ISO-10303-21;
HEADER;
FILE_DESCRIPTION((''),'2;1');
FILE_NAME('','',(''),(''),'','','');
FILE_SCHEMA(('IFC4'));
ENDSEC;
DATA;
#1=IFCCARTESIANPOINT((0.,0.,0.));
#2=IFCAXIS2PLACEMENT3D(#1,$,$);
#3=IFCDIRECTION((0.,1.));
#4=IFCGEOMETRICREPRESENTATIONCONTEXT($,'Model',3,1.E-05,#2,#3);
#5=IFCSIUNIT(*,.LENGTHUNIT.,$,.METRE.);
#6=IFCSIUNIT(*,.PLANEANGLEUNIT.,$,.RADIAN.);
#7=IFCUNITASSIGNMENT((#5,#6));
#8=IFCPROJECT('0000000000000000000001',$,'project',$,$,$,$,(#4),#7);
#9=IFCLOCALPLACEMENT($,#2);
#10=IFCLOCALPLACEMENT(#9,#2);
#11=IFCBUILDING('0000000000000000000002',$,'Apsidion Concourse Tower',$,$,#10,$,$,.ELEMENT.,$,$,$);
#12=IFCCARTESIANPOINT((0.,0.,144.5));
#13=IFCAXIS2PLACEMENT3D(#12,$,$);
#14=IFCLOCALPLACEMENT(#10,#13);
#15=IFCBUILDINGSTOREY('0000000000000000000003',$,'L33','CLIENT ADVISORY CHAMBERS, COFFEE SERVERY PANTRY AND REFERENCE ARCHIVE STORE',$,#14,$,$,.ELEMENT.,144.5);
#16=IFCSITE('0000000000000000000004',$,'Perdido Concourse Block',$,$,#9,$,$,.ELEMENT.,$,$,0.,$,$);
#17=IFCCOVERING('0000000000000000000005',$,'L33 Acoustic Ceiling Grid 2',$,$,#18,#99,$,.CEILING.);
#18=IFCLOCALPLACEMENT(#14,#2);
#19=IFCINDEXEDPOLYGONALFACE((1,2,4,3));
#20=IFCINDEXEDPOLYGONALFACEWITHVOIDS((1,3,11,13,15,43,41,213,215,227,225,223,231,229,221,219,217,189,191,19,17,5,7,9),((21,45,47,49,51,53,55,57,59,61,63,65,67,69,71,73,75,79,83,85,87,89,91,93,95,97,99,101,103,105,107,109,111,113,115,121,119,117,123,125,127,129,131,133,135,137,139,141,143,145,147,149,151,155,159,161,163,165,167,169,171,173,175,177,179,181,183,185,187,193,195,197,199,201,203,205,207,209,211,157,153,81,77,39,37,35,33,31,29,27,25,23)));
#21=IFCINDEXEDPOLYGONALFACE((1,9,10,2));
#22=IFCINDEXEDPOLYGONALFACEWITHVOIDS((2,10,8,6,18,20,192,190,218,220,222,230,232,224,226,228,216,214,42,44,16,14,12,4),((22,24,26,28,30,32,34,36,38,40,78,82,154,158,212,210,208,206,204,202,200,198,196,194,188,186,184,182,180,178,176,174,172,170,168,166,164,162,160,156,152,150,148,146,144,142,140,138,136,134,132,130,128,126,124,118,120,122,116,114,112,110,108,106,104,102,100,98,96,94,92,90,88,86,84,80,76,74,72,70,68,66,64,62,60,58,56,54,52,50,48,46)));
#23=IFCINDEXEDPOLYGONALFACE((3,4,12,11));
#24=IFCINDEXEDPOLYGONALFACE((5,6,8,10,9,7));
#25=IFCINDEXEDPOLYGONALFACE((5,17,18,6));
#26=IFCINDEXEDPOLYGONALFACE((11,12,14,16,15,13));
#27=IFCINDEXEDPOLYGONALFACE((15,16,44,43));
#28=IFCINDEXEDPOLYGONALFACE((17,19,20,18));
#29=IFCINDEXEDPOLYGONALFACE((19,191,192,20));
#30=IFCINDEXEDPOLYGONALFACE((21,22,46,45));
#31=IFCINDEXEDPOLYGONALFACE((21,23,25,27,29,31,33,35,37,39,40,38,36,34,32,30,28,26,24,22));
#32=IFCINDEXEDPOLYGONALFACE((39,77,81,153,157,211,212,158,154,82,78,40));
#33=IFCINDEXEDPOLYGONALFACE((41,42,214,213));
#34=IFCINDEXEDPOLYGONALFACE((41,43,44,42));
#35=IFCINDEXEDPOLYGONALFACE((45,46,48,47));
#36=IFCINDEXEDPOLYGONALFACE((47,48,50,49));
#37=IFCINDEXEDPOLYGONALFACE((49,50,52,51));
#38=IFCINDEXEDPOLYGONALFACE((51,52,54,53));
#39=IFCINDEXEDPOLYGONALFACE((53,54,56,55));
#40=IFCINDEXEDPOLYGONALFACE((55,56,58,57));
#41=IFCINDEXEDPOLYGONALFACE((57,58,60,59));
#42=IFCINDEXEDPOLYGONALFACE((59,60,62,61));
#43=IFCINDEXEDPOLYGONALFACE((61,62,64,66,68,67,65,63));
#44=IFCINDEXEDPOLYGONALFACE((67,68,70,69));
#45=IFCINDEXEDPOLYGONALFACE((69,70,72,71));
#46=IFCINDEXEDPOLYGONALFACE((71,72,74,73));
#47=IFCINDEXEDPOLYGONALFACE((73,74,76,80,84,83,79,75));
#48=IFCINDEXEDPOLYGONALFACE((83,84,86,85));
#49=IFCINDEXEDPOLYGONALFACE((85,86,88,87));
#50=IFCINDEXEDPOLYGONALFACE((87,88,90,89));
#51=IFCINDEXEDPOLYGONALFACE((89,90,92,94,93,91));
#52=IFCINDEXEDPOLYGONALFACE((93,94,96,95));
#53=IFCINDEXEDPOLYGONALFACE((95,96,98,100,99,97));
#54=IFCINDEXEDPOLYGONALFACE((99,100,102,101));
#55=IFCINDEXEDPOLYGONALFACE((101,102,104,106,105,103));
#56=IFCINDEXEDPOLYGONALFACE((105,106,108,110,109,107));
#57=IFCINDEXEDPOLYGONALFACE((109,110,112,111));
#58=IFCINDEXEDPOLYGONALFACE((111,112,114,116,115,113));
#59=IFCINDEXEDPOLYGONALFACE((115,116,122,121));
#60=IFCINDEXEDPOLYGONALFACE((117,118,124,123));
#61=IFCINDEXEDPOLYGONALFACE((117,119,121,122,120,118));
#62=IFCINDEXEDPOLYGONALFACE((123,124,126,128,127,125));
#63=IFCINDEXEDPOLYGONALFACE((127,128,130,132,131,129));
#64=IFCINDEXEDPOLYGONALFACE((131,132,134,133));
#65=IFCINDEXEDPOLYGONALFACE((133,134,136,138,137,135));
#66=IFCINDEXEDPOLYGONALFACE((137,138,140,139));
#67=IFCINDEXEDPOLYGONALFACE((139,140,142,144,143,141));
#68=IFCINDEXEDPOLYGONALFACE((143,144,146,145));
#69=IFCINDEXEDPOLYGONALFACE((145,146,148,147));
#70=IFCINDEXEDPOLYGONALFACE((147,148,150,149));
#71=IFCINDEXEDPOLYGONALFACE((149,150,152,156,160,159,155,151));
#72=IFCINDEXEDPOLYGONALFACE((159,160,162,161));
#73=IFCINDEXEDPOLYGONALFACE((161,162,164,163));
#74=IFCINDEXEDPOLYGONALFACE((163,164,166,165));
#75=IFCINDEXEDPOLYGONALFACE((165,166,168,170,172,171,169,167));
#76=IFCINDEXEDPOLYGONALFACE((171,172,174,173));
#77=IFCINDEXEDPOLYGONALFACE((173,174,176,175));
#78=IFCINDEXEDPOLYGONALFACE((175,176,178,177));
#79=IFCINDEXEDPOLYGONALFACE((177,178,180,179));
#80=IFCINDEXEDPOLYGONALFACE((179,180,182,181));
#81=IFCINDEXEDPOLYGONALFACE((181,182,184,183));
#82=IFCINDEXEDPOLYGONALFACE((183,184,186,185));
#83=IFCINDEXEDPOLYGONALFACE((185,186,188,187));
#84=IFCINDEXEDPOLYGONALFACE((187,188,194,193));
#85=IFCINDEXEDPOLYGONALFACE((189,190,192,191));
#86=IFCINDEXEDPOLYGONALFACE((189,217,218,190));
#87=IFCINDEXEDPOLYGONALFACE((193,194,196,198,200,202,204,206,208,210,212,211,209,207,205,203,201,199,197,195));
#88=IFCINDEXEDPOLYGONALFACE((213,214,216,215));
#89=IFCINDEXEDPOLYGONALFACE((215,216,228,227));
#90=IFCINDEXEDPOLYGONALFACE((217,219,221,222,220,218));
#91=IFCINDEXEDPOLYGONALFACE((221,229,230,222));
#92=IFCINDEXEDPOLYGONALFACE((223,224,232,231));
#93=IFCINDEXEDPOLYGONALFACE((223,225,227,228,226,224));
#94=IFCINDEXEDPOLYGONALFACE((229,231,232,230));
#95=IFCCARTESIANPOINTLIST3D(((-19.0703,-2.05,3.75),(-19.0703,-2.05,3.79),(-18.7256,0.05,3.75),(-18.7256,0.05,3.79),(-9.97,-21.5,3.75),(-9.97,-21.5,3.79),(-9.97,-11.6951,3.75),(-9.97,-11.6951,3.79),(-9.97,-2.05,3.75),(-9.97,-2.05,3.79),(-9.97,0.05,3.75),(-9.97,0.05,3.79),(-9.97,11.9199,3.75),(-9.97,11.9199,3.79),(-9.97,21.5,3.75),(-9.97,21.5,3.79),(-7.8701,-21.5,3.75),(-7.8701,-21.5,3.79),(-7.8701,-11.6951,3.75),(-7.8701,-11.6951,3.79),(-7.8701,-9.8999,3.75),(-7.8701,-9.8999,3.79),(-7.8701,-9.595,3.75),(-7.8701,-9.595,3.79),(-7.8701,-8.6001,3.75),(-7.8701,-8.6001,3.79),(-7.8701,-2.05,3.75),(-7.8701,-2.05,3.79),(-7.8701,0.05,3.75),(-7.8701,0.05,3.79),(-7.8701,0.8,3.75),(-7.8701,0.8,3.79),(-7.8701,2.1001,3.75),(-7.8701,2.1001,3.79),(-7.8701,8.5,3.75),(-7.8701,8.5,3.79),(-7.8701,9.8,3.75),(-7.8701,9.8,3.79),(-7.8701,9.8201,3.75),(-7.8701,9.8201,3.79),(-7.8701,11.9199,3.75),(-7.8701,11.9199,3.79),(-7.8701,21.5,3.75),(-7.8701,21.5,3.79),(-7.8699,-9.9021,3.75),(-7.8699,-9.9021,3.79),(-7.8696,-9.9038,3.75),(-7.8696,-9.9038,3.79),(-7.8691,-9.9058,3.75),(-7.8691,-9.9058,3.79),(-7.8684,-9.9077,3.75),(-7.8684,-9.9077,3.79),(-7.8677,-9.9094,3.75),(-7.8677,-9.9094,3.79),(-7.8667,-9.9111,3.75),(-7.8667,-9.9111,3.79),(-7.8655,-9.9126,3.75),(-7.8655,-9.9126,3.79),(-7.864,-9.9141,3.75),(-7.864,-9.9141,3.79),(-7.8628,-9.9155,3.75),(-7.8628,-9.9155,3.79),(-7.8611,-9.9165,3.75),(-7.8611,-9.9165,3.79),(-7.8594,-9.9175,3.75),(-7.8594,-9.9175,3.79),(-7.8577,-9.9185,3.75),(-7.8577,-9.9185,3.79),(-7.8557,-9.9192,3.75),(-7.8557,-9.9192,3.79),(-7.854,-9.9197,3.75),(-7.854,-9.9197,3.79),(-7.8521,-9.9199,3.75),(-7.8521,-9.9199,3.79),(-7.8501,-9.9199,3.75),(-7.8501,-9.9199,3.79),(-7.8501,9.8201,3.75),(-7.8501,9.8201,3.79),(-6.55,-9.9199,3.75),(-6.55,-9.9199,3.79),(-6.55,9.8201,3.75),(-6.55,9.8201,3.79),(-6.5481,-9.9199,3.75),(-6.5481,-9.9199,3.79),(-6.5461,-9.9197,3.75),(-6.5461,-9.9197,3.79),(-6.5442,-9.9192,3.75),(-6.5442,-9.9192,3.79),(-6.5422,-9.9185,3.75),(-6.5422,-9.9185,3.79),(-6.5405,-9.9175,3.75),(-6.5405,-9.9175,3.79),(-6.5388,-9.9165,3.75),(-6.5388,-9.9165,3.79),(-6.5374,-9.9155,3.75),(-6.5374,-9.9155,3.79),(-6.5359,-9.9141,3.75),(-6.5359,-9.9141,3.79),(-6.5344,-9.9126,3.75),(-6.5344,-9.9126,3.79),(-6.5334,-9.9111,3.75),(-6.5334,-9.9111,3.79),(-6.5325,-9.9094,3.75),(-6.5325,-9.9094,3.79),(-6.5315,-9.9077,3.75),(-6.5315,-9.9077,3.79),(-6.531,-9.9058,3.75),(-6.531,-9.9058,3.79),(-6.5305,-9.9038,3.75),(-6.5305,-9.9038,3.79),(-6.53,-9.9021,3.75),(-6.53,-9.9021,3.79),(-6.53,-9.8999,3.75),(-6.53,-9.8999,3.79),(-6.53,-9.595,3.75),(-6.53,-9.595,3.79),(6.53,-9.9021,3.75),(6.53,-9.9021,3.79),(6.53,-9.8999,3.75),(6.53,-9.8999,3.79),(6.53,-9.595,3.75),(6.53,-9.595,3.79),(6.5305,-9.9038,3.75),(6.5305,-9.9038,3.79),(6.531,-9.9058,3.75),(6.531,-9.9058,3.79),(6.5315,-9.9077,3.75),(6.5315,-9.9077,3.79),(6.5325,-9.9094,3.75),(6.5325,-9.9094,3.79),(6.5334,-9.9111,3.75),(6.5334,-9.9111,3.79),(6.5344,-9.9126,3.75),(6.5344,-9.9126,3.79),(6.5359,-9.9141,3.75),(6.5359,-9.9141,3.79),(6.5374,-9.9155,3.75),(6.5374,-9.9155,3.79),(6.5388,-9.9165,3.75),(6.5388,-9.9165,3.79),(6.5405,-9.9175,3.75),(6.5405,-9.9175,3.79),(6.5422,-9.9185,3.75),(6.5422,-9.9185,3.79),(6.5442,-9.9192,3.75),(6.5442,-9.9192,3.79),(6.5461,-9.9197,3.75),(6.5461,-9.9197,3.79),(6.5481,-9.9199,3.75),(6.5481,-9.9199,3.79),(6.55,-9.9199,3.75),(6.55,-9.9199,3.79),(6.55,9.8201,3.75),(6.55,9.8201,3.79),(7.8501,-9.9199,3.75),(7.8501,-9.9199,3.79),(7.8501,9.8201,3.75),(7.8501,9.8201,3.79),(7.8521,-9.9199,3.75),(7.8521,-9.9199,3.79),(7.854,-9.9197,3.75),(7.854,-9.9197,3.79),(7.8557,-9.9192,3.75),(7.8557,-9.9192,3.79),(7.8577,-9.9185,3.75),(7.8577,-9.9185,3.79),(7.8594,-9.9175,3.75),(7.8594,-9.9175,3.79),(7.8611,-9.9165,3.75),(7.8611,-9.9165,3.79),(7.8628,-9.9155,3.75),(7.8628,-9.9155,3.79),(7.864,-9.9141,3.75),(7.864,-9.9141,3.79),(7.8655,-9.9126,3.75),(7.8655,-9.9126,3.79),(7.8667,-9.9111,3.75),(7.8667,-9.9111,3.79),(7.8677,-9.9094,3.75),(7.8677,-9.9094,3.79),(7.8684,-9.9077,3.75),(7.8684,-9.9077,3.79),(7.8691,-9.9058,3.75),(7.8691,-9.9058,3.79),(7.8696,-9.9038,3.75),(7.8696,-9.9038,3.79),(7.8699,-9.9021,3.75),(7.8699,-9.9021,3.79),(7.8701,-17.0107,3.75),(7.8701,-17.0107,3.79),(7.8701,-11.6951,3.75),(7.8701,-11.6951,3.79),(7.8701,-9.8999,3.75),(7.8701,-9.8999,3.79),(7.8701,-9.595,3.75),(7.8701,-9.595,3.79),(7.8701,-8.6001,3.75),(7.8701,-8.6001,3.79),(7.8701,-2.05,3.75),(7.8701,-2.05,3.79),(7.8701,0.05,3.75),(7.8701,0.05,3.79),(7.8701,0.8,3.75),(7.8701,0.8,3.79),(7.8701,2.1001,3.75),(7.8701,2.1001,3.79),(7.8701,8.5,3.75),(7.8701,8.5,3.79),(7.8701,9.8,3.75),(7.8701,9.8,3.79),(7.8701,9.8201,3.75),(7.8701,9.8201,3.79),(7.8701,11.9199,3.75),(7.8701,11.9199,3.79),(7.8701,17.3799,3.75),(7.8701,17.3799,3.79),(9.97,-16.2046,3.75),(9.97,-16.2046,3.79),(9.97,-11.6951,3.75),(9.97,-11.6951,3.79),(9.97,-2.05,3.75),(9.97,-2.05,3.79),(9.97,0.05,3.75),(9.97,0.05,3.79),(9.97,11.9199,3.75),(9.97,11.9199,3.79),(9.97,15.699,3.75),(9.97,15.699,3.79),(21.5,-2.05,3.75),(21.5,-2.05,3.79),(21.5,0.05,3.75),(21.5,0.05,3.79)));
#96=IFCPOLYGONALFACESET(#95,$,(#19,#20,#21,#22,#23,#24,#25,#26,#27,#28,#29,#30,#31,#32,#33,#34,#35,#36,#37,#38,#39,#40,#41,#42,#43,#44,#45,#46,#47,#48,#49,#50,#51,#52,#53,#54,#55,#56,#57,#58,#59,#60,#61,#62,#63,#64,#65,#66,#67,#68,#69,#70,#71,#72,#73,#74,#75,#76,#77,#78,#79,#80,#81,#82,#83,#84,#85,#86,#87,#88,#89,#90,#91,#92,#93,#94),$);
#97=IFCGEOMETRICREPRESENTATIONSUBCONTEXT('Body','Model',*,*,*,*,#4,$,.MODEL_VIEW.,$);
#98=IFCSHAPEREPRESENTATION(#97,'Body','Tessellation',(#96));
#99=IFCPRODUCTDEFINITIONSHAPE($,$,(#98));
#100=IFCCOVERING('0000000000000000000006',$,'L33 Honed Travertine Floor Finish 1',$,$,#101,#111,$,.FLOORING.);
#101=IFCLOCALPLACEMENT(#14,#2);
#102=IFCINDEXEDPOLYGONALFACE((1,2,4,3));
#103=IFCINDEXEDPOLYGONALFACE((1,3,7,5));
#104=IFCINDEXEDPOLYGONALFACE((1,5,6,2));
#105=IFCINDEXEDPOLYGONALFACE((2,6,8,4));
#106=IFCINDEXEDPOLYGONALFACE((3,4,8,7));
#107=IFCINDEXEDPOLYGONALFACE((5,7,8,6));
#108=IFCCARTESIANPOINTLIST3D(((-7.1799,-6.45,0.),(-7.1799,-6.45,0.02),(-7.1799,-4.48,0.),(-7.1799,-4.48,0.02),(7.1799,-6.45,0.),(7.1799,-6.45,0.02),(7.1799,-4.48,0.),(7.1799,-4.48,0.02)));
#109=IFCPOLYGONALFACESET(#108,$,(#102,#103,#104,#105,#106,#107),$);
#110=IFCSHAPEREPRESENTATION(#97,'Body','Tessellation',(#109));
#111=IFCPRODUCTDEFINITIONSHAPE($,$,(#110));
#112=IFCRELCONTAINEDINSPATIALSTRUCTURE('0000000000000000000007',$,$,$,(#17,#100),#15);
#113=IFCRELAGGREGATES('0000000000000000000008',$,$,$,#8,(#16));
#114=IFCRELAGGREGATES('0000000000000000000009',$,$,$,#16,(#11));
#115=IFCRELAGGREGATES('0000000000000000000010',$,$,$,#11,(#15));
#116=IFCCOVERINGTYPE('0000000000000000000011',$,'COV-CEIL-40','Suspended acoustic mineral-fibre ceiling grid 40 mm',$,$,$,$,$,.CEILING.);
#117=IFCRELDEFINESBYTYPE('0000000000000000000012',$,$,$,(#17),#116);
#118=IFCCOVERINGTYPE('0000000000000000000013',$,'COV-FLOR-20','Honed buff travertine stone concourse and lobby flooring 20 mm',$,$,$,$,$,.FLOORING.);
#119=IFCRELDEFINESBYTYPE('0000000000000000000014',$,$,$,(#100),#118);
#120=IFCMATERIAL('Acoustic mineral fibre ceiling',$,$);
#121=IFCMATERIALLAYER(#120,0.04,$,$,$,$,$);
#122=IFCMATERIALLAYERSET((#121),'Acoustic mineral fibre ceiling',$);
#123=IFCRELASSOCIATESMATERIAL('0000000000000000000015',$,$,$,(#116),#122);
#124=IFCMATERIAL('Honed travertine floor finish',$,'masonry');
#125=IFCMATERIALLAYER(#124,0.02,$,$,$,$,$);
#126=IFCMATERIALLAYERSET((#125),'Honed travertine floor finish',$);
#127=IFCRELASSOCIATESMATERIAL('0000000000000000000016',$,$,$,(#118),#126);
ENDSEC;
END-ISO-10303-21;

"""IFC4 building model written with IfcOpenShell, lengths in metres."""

from ifc_helpers import new_model, si_unit, direction, frame, origin, place, context, subcontext, project, spatial, polyline, outline, extrude, material, layer, layer_set, type_object, element, save


model = new_model("IFC4")

# Units and contexts
model_context = context("Model", 3, precision=1e-05, world=origin(), true_north=direction((0.0, 1.0)))
body_context = subcontext(model_context, "Body", "Model", "MODEL_VIEW")
ifc_project = project(units=[si_unit("LENGTHUNIT", "METRE"), si_unit("PLANEANGLEUNIT", "RADIAN")], contexts=[model_context])

# Site, building, storey
site_placement = place(None, origin())
site = spatial("IfcSite", under=ifc_project, at=site_placement, Name="Perdido Concourse Block", CompositionType="ELEMENT", RefElevation=0.0)
building_placement = place(site_placement, origin())
building = spatial("IfcBuilding", under=site, at=building_placement, Name="Apsidion Concourse Tower", CompositionType="ELEMENT")
storey_placement = place(building_placement, frame((0.0, 0.0, 144.5)))
storey = spatial("IfcBuildingStorey", under=building, at=storey_placement, Name="L33", Description="CLIENT ADVISORY CHAMBERS, COFFEE SERVERY PANTRY AND REFERENCE ARCHIVE STORE", CompositionType="ELEMENT", Elevation=144.5)

# Coverings
ifc_material_1 = material(Name="Acoustic mineral fibre ceiling")
ifc_layer_1 = layer(ifc_material_1, 0.04)
ifc_layer_set_1 = layer_set([ifc_layer_1], Name="Acoustic mineral fibre ceiling")
covering_type_1 = type_object("IfcCoveringType", Name="COV-CEIL-40", Description="Suspended acoustic mineral-fibre ceiling grid 40 mm", PredefinedType="CEILING", material=ifc_layer_set_1)
covering_1_placement = place(storey_placement, frame((0.0, 0.0, 3.75)))
element("IfcCovering", 1, at=covering_1_placement, inside=storey, type_object=covering_type_1, Name="L33 Acoustic Ceiling Grid 2", PredefinedType="CEILING", context=body_context, shape_type="SweptSolid", body=[
    extrude(outline(polyline([(9.97, -16.2046), (7.8701, -17.0107), (7.8701, -11.6951), (-7.8701, -11.6951), (-7.8701, -21.5), (-9.97, -21.5), (-9.97, -11.6951), (-9.97, -2.05), (-19.0703, -2.05), (-18.7256, 0.05), (-9.97, 0.05), (-9.97, 11.9199), (-9.97, 21.5), (-7.8701, 21.5), (-7.8701, 11.9199), (7.8701, 11.9199), (7.8701, 17.3799), (9.97, 15.699), (9.97, 11.9199), (9.97, 0.05), (21.5, 0.05), (21.5, -2.05), (9.97, -2.05), (9.97, -11.6951), (9.97, -16.2046)]), holes=[polyline([(7.8701, -8.6001), (7.8701, -2.05), (7.8701, 0.05), (7.8701, 0.8), (7.8701, 2.1001), (7.8701, 8.5), (7.8701, 9.8), (7.8701, 9.8201), (7.8501, 9.8201), (6.55, 9.8201), (-6.55, 9.8201), (-7.8501, 9.8201), (-7.8701, 9.8201), (-7.8701, 9.8), (-7.8701, 8.5), (-7.8701, 2.1001), (-7.8701, 0.8), (-7.8701, 0.05), (-7.8701, -2.05), (-7.8701, -8.6001), (-7.8701, -9.595), (-7.8701, -9.8999), (-7.8699, -9.9021), (-7.8696, -9.9038), (-7.8691, -9.9058), (-7.8684, -9.9077), (-7.8677, -9.9094), (-7.8667, -9.9111), (-7.8655, -9.9126), (-7.864, -9.9141), (-7.8628, -9.9155), (-7.8611, -9.9165), (-7.8594, -9.9175), (-7.8577, -9.9185), (-7.8557, -9.9192), (-7.854, -9.9197), (-7.8521, -9.9199), (-7.8501, -9.9199), (-6.55, -9.9199), (-6.5481, -9.9199), (-6.5461, -9.9197), (-6.5442, -9.9192), (-6.5422, -9.9185), (-6.5405, -9.9175), (-6.5388, -9.9165), (-6.5374, -9.9155), (-6.5359, -9.9141), (-6.5344, -9.9126), (-6.5334, -9.9111), (-6.5325, -9.9094), (-6.5315, -9.9077), (-6.531, -9.9058), (-6.5305, -9.9038), (-6.53, -9.9021), (-6.53, -9.8999), (-6.53, -9.595), (6.53, -9.595), (6.53, -9.8999), (6.53, -9.9021), (6.5305, -9.9038), (6.531, -9.9058), (6.5315, -9.9077), (6.5325, -9.9094), (6.5334, -9.9111), (6.5344, -9.9126), (6.5359, -9.9141), (6.5374, -9.9155), (6.5388, -9.9165), (6.5405, -9.9175), (6.5422, -9.9185), (6.5442, -9.9192), (6.5461, -9.9197), (6.5481, -9.9199), (6.55, -9.9199), (7.8501, -9.9199), (7.8521, -9.9199), (7.854, -9.9197), (7.8557, -9.9192), (7.8577, -9.9185), (7.8594, -9.9175), (7.8611, -9.9165), (7.8628, -9.9155), (7.864, -9.9141), (7.8655, -9.9126), (7.8667, -9.9111), (7.8677, -9.9094), (7.8684, -9.9077), (7.8691, -9.9058), (7.8696, -9.9038), (7.8699, -9.9021), (7.8701, -9.8999), (7.8701, -9.595), (7.8701, -8.6001)])]), origin(), (0.0, 0.0, 1.0), 0.04),
])
ifc_material_2 = material(Name="Honed travertine floor finish", Category="masonry")
ifc_layer_2 = layer(ifc_material_2, 0.02)
ifc_layer_set_2 = layer_set([ifc_layer_2], Name="Honed travertine floor finish")
covering_type_2 = type_object("IfcCoveringType", Name="COV-FLOR-20", Description="Honed buff travertine stone concourse and lobby flooring 20 mm", PredefinedType="FLOORING", material=ifc_layer_set_2)
covering_2_placement = place(storey_placement, origin())
element("IfcCovering", 2, at=covering_2_placement, inside=storey, type_object=covering_type_2, Name="L33 Honed Travertine Floor Finish 1", PredefinedType="FLOORING", context=body_context, shape_type="SweptSolid", body=[
    extrude(outline(polyline([(-7.1799, -6.45), (-7.1799, -4.48), (7.1799, -4.48), (7.1799, -6.45), (-7.1799, -6.45)])), origin(), (0.0, 0.0, 1.0), 0.02),
])

save(model, "model.ifc")
